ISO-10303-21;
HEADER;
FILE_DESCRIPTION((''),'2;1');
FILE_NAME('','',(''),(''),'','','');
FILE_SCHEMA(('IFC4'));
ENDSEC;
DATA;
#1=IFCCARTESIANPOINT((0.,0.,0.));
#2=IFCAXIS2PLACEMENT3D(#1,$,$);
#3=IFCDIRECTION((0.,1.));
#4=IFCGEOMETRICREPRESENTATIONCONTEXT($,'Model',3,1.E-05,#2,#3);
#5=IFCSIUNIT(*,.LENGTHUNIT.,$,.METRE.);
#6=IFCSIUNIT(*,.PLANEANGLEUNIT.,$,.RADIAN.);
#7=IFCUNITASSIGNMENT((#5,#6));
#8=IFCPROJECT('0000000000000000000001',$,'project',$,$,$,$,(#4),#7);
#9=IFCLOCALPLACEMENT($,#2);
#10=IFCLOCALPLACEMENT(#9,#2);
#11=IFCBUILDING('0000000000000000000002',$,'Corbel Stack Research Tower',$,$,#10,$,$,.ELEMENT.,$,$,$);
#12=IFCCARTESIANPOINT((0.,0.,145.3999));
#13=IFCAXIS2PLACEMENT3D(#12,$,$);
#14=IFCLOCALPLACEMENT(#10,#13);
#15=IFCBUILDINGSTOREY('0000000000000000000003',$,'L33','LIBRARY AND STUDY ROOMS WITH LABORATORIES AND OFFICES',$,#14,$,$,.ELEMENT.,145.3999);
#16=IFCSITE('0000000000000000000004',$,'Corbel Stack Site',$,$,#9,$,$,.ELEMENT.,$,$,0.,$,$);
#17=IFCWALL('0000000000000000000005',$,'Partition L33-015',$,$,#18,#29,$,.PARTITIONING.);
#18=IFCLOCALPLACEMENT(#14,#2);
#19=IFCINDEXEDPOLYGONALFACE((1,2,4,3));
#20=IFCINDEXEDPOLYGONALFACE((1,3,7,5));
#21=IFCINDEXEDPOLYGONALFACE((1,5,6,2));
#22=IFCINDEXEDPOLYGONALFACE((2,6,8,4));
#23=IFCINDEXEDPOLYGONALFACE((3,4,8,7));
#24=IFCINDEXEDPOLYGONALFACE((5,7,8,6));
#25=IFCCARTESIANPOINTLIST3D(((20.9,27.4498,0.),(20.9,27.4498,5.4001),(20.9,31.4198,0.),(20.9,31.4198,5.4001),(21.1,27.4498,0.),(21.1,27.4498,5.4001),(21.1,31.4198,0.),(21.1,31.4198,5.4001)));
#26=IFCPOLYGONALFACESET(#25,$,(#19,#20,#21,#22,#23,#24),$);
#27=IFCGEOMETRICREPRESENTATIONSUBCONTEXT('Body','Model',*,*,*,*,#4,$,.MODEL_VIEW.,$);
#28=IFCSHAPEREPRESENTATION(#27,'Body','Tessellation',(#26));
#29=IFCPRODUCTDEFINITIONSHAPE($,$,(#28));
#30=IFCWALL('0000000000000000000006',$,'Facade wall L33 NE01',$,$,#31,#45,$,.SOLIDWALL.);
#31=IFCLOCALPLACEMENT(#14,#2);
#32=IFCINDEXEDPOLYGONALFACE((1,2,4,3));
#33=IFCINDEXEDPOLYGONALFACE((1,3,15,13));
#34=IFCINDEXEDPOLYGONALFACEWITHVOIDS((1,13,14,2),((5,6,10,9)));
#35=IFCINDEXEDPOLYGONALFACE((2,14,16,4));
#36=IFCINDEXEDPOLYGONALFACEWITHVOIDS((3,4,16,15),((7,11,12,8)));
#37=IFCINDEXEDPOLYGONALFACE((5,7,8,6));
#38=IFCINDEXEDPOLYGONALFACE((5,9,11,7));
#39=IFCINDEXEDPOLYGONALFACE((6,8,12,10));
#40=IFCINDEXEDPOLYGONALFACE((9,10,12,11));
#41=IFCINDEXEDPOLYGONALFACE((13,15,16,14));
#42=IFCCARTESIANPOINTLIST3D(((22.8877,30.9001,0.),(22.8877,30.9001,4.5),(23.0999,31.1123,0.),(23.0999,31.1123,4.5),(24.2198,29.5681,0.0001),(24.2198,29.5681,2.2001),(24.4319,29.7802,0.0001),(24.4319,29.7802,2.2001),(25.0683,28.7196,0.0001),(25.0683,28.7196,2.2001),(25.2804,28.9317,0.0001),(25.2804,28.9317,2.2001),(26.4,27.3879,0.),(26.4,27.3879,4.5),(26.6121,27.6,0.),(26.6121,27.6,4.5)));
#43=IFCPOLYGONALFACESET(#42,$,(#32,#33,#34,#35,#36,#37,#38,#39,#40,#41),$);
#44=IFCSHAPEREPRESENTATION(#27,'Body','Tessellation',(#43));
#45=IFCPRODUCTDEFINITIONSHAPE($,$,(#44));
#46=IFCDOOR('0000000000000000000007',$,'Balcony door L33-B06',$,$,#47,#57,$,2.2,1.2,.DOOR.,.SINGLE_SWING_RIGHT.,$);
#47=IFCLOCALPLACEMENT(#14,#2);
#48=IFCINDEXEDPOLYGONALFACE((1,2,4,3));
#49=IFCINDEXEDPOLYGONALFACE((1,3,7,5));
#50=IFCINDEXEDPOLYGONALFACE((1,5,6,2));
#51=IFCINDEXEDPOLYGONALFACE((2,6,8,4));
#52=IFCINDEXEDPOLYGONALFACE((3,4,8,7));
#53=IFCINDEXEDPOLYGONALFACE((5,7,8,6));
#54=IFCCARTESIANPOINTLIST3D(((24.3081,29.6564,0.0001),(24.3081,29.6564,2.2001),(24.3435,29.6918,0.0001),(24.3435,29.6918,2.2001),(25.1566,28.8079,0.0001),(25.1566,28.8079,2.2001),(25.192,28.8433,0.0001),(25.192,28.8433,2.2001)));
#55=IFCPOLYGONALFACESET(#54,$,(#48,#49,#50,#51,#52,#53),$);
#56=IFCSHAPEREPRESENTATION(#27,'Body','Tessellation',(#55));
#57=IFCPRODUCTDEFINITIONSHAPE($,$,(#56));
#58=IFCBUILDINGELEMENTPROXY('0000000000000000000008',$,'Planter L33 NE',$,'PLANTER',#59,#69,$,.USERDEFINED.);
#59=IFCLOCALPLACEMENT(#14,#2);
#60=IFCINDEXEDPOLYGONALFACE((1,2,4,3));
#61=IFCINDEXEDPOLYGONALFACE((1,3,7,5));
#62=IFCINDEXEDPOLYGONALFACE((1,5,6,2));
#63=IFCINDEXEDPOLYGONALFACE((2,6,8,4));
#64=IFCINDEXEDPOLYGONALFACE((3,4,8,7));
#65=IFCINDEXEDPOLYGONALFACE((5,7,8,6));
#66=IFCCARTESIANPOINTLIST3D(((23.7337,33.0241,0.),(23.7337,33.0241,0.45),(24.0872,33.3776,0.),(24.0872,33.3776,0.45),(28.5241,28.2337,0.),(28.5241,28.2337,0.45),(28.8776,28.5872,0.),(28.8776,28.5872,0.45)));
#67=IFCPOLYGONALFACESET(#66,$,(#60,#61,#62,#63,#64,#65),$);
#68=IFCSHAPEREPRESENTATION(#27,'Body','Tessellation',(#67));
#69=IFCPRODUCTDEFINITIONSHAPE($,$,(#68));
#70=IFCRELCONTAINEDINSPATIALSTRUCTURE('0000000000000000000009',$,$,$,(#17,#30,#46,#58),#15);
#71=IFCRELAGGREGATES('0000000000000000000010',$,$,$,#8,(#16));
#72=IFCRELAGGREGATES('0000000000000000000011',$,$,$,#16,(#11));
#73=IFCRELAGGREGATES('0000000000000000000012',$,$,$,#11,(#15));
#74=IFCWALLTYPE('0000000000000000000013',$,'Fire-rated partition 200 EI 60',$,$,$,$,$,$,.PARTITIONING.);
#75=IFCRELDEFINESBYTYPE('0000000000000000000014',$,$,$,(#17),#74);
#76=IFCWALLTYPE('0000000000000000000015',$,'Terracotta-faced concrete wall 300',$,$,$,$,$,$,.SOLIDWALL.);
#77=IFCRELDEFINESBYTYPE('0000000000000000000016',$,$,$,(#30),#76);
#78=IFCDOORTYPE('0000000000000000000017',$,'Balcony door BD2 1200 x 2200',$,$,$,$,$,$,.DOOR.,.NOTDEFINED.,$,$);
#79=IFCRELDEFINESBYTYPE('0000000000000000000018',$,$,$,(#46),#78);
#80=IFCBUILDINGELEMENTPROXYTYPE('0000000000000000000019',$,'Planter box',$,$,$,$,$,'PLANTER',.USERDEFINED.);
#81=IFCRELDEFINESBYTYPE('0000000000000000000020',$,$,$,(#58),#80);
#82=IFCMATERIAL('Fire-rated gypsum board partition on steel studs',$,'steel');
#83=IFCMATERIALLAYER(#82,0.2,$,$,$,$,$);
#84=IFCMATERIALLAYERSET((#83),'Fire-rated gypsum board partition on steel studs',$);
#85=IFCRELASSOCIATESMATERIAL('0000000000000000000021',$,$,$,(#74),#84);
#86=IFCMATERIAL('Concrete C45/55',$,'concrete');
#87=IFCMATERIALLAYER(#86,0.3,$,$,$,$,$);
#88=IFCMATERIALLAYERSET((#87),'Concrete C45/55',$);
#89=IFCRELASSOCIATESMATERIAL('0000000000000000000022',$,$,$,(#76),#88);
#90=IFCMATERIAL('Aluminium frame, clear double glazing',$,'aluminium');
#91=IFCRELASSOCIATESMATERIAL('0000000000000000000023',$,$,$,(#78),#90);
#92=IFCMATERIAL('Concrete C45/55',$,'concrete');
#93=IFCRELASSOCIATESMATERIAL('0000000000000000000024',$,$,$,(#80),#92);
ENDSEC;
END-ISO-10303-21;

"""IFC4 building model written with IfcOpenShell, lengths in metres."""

from ifc_helpers import new_model, si_unit, direction, frame, frame_2d, origin, origin_2d, place, context, subcontext, project, spatial, rectangle, extrude, material, layer, layer_set, type_object, element, fill, save


model = new_model("IFC4")

# Units and contexts
model_context = context("Model", 3, precision=1e-05, world=origin(), true_north=direction((0.0, 1.0)))
body_context = subcontext(model_context, "Body", "Model", "MODEL_VIEW")
ifc_project = project(units=[si_unit("LENGTHUNIT", "METRE"), si_unit("PLANEANGLEUNIT", "RADIAN")], contexts=[model_context])

# Site, building, storey
site_placement = place(None, origin())
site = spatial("IfcSite", under=ifc_project, at=site_placement, Name="Corbel Stack Site", CompositionType="ELEMENT", RefElevation=0.0)
building_placement = place(site_placement, origin())
building = spatial("IfcBuilding", under=site, at=building_placement, Name="Corbel Stack Research Tower", CompositionType="ELEMENT")
storey_placement = place(building_placement, frame((0.0, 0.0, 145.3999)))
storey = spatial("IfcBuildingStorey", under=building, at=storey_placement, Name="L33", Description="LIBRARY AND STUDY ROOMS WITH LABORATORIES AND OFFICES", CompositionType="ELEMENT", Elevation=145.3999)

# Wall
ifc_material_1 = material(Name="Fire-rated gypsum board partition on steel studs", Category="steel")
ifc_layer_1 = layer(ifc_material_1, 0.2)
ifc_layer_set_1 = layer_set([ifc_layer_1], Name="Fire-rated gypsum board partition on steel studs")
wall_type_1 = type_object("IfcWallType", Name="Fire-rated partition 200 EI 60", PredefinedType="PARTITIONING", material=ifc_layer_set_1)
wall_1_placement = place(storey_placement, frame((21.0, 27.45, 0.0), z_axis=(0.0, 0.0, 1.0), x_axis=(0.0, 1.0, 0.0)))
element("IfcWall", 1, at=wall_1_placement, inside=storey, type_object=wall_type_1, Name="Partition L33-015", PredefinedType="PARTITIONING", context=body_context, shape_type="SweptSolid", body=[
    extrude(rectangle(XDim=3.97, YDim=0.2, at=frame_2d((1.9849, 0.0))), origin(), (0.0, 0.0, 1.0), 5.4001),
])

# Wall, opening, door
ifc_material_2 = material(Name="Concrete C45/55", Category="concrete")
ifc_layer_2 = layer(ifc_material_2, 0.3)
ifc_layer_set_2 = layer_set([ifc_layer_2], Name="Concrete C45/55")
wall_type_2 = type_object("IfcWallType", Name="Terracotta-faced concrete wall 300", PredefinedType="SOLIDWALL", material=ifc_layer_set_2)
wall_2_placement = place(storey_placement, frame((22.9939, 31.0061, 0.0), z_axis=(0.0, 0.0, 1.0), x_axis=(0.707107, -0.707107, 0.0)))
wall_2 = element("IfcWall", 2, at=wall_2_placement, inside=storey, type_object=wall_type_2, Name="Facade wall L33 NE01", PredefinedType="SOLIDWALL", context=body_context, shape_type="SweptSolid", body=[
    extrude(rectangle(XDim=4.967, YDim=0.3, at=frame_2d((2.4834, 0.0))), origin(), (0.0, 0.0, 1.0), 4.5),
])
opening_placement = place(wall_2_placement, frame((1.8835, 0.0, 0.0)))
opening = element("IfcOpeningElement", 3, at=opening_placement, cuts=wall_2, PredefinedType="OPENING", context=body_context, shape_type="SweptSolid", body=[
    extrude(rectangle(XDim=1.2, YDim=2.2, at=frame_2d((0.6001, 1.1001))), frame((0.0, 0.1599, 0.0), z_axis=(0.0, -1.0, 0.0), x_axis=(1.0, 0.0, 0.0)), (0.0, 0.0, 1.0), 0.3201),
])
ifc_material_3 = material(Name="Aluminium frame, clear double glazing", Category="aluminium")
door_type = type_object("IfcDoorType", Name="Balcony door BD2 1200 x 2200", OperationType="NOTDEFINED", PredefinedType="DOOR", material=ifc_material_3)
door_placement = place(opening_placement, origin())
door = element("IfcDoor", 4, at=door_placement, inside=storey, type_object=door_type, Name="Balcony door L33-B06", OperationType="SINGLE_SWING_RIGHT", OverallHeight=2.2, OverallWidth=1.2, PredefinedType="DOOR", context=body_context, shape_type="SweptSolid", body=[
    extrude(rectangle(XDim=1.2, YDim=2.2, at=frame_2d((0.6001, 1.1001))), frame((0.0, 0.0249, 0.0), z_axis=(0.0, -1.0, 0.0), x_axis=(1.0, 0.0, 0.0)), (0.0, 0.0, 1.0), 0.05),
])
fill(opening, door)

# Building element proxy
ifc_material_4 = material(Name="Concrete C45/55", Category="concrete")
building_element_proxy_type = type_object("IfcBuildingElementProxyType", Name="Planter box", ElementType="PLANTER", PredefinedType="USERDEFINED", material=ifc_material_4)
proxy_placement = place(storey_placement, frame((26.3057, 30.8057, 0.0), z_axis=(0.0, 0.0, 1.0), x_axis=(-0.707107, 0.707107, 0.0)))
element("IfcBuildingElementProxy", 5, at=proxy_placement, inside=storey, type_object=building_element_proxy_type, Name="Planter L33 NE", ObjectType="PLANTER", PredefinedType="USERDEFINED", context=body_context, shape_type="SweptSolid", body=[
    extrude(rectangle(XDim=6.7747, YDim=0.5, at=origin_2d()), origin(), (0.0, 0.0, 1.0), 0.45),
])

save(model, "model.ifc")
